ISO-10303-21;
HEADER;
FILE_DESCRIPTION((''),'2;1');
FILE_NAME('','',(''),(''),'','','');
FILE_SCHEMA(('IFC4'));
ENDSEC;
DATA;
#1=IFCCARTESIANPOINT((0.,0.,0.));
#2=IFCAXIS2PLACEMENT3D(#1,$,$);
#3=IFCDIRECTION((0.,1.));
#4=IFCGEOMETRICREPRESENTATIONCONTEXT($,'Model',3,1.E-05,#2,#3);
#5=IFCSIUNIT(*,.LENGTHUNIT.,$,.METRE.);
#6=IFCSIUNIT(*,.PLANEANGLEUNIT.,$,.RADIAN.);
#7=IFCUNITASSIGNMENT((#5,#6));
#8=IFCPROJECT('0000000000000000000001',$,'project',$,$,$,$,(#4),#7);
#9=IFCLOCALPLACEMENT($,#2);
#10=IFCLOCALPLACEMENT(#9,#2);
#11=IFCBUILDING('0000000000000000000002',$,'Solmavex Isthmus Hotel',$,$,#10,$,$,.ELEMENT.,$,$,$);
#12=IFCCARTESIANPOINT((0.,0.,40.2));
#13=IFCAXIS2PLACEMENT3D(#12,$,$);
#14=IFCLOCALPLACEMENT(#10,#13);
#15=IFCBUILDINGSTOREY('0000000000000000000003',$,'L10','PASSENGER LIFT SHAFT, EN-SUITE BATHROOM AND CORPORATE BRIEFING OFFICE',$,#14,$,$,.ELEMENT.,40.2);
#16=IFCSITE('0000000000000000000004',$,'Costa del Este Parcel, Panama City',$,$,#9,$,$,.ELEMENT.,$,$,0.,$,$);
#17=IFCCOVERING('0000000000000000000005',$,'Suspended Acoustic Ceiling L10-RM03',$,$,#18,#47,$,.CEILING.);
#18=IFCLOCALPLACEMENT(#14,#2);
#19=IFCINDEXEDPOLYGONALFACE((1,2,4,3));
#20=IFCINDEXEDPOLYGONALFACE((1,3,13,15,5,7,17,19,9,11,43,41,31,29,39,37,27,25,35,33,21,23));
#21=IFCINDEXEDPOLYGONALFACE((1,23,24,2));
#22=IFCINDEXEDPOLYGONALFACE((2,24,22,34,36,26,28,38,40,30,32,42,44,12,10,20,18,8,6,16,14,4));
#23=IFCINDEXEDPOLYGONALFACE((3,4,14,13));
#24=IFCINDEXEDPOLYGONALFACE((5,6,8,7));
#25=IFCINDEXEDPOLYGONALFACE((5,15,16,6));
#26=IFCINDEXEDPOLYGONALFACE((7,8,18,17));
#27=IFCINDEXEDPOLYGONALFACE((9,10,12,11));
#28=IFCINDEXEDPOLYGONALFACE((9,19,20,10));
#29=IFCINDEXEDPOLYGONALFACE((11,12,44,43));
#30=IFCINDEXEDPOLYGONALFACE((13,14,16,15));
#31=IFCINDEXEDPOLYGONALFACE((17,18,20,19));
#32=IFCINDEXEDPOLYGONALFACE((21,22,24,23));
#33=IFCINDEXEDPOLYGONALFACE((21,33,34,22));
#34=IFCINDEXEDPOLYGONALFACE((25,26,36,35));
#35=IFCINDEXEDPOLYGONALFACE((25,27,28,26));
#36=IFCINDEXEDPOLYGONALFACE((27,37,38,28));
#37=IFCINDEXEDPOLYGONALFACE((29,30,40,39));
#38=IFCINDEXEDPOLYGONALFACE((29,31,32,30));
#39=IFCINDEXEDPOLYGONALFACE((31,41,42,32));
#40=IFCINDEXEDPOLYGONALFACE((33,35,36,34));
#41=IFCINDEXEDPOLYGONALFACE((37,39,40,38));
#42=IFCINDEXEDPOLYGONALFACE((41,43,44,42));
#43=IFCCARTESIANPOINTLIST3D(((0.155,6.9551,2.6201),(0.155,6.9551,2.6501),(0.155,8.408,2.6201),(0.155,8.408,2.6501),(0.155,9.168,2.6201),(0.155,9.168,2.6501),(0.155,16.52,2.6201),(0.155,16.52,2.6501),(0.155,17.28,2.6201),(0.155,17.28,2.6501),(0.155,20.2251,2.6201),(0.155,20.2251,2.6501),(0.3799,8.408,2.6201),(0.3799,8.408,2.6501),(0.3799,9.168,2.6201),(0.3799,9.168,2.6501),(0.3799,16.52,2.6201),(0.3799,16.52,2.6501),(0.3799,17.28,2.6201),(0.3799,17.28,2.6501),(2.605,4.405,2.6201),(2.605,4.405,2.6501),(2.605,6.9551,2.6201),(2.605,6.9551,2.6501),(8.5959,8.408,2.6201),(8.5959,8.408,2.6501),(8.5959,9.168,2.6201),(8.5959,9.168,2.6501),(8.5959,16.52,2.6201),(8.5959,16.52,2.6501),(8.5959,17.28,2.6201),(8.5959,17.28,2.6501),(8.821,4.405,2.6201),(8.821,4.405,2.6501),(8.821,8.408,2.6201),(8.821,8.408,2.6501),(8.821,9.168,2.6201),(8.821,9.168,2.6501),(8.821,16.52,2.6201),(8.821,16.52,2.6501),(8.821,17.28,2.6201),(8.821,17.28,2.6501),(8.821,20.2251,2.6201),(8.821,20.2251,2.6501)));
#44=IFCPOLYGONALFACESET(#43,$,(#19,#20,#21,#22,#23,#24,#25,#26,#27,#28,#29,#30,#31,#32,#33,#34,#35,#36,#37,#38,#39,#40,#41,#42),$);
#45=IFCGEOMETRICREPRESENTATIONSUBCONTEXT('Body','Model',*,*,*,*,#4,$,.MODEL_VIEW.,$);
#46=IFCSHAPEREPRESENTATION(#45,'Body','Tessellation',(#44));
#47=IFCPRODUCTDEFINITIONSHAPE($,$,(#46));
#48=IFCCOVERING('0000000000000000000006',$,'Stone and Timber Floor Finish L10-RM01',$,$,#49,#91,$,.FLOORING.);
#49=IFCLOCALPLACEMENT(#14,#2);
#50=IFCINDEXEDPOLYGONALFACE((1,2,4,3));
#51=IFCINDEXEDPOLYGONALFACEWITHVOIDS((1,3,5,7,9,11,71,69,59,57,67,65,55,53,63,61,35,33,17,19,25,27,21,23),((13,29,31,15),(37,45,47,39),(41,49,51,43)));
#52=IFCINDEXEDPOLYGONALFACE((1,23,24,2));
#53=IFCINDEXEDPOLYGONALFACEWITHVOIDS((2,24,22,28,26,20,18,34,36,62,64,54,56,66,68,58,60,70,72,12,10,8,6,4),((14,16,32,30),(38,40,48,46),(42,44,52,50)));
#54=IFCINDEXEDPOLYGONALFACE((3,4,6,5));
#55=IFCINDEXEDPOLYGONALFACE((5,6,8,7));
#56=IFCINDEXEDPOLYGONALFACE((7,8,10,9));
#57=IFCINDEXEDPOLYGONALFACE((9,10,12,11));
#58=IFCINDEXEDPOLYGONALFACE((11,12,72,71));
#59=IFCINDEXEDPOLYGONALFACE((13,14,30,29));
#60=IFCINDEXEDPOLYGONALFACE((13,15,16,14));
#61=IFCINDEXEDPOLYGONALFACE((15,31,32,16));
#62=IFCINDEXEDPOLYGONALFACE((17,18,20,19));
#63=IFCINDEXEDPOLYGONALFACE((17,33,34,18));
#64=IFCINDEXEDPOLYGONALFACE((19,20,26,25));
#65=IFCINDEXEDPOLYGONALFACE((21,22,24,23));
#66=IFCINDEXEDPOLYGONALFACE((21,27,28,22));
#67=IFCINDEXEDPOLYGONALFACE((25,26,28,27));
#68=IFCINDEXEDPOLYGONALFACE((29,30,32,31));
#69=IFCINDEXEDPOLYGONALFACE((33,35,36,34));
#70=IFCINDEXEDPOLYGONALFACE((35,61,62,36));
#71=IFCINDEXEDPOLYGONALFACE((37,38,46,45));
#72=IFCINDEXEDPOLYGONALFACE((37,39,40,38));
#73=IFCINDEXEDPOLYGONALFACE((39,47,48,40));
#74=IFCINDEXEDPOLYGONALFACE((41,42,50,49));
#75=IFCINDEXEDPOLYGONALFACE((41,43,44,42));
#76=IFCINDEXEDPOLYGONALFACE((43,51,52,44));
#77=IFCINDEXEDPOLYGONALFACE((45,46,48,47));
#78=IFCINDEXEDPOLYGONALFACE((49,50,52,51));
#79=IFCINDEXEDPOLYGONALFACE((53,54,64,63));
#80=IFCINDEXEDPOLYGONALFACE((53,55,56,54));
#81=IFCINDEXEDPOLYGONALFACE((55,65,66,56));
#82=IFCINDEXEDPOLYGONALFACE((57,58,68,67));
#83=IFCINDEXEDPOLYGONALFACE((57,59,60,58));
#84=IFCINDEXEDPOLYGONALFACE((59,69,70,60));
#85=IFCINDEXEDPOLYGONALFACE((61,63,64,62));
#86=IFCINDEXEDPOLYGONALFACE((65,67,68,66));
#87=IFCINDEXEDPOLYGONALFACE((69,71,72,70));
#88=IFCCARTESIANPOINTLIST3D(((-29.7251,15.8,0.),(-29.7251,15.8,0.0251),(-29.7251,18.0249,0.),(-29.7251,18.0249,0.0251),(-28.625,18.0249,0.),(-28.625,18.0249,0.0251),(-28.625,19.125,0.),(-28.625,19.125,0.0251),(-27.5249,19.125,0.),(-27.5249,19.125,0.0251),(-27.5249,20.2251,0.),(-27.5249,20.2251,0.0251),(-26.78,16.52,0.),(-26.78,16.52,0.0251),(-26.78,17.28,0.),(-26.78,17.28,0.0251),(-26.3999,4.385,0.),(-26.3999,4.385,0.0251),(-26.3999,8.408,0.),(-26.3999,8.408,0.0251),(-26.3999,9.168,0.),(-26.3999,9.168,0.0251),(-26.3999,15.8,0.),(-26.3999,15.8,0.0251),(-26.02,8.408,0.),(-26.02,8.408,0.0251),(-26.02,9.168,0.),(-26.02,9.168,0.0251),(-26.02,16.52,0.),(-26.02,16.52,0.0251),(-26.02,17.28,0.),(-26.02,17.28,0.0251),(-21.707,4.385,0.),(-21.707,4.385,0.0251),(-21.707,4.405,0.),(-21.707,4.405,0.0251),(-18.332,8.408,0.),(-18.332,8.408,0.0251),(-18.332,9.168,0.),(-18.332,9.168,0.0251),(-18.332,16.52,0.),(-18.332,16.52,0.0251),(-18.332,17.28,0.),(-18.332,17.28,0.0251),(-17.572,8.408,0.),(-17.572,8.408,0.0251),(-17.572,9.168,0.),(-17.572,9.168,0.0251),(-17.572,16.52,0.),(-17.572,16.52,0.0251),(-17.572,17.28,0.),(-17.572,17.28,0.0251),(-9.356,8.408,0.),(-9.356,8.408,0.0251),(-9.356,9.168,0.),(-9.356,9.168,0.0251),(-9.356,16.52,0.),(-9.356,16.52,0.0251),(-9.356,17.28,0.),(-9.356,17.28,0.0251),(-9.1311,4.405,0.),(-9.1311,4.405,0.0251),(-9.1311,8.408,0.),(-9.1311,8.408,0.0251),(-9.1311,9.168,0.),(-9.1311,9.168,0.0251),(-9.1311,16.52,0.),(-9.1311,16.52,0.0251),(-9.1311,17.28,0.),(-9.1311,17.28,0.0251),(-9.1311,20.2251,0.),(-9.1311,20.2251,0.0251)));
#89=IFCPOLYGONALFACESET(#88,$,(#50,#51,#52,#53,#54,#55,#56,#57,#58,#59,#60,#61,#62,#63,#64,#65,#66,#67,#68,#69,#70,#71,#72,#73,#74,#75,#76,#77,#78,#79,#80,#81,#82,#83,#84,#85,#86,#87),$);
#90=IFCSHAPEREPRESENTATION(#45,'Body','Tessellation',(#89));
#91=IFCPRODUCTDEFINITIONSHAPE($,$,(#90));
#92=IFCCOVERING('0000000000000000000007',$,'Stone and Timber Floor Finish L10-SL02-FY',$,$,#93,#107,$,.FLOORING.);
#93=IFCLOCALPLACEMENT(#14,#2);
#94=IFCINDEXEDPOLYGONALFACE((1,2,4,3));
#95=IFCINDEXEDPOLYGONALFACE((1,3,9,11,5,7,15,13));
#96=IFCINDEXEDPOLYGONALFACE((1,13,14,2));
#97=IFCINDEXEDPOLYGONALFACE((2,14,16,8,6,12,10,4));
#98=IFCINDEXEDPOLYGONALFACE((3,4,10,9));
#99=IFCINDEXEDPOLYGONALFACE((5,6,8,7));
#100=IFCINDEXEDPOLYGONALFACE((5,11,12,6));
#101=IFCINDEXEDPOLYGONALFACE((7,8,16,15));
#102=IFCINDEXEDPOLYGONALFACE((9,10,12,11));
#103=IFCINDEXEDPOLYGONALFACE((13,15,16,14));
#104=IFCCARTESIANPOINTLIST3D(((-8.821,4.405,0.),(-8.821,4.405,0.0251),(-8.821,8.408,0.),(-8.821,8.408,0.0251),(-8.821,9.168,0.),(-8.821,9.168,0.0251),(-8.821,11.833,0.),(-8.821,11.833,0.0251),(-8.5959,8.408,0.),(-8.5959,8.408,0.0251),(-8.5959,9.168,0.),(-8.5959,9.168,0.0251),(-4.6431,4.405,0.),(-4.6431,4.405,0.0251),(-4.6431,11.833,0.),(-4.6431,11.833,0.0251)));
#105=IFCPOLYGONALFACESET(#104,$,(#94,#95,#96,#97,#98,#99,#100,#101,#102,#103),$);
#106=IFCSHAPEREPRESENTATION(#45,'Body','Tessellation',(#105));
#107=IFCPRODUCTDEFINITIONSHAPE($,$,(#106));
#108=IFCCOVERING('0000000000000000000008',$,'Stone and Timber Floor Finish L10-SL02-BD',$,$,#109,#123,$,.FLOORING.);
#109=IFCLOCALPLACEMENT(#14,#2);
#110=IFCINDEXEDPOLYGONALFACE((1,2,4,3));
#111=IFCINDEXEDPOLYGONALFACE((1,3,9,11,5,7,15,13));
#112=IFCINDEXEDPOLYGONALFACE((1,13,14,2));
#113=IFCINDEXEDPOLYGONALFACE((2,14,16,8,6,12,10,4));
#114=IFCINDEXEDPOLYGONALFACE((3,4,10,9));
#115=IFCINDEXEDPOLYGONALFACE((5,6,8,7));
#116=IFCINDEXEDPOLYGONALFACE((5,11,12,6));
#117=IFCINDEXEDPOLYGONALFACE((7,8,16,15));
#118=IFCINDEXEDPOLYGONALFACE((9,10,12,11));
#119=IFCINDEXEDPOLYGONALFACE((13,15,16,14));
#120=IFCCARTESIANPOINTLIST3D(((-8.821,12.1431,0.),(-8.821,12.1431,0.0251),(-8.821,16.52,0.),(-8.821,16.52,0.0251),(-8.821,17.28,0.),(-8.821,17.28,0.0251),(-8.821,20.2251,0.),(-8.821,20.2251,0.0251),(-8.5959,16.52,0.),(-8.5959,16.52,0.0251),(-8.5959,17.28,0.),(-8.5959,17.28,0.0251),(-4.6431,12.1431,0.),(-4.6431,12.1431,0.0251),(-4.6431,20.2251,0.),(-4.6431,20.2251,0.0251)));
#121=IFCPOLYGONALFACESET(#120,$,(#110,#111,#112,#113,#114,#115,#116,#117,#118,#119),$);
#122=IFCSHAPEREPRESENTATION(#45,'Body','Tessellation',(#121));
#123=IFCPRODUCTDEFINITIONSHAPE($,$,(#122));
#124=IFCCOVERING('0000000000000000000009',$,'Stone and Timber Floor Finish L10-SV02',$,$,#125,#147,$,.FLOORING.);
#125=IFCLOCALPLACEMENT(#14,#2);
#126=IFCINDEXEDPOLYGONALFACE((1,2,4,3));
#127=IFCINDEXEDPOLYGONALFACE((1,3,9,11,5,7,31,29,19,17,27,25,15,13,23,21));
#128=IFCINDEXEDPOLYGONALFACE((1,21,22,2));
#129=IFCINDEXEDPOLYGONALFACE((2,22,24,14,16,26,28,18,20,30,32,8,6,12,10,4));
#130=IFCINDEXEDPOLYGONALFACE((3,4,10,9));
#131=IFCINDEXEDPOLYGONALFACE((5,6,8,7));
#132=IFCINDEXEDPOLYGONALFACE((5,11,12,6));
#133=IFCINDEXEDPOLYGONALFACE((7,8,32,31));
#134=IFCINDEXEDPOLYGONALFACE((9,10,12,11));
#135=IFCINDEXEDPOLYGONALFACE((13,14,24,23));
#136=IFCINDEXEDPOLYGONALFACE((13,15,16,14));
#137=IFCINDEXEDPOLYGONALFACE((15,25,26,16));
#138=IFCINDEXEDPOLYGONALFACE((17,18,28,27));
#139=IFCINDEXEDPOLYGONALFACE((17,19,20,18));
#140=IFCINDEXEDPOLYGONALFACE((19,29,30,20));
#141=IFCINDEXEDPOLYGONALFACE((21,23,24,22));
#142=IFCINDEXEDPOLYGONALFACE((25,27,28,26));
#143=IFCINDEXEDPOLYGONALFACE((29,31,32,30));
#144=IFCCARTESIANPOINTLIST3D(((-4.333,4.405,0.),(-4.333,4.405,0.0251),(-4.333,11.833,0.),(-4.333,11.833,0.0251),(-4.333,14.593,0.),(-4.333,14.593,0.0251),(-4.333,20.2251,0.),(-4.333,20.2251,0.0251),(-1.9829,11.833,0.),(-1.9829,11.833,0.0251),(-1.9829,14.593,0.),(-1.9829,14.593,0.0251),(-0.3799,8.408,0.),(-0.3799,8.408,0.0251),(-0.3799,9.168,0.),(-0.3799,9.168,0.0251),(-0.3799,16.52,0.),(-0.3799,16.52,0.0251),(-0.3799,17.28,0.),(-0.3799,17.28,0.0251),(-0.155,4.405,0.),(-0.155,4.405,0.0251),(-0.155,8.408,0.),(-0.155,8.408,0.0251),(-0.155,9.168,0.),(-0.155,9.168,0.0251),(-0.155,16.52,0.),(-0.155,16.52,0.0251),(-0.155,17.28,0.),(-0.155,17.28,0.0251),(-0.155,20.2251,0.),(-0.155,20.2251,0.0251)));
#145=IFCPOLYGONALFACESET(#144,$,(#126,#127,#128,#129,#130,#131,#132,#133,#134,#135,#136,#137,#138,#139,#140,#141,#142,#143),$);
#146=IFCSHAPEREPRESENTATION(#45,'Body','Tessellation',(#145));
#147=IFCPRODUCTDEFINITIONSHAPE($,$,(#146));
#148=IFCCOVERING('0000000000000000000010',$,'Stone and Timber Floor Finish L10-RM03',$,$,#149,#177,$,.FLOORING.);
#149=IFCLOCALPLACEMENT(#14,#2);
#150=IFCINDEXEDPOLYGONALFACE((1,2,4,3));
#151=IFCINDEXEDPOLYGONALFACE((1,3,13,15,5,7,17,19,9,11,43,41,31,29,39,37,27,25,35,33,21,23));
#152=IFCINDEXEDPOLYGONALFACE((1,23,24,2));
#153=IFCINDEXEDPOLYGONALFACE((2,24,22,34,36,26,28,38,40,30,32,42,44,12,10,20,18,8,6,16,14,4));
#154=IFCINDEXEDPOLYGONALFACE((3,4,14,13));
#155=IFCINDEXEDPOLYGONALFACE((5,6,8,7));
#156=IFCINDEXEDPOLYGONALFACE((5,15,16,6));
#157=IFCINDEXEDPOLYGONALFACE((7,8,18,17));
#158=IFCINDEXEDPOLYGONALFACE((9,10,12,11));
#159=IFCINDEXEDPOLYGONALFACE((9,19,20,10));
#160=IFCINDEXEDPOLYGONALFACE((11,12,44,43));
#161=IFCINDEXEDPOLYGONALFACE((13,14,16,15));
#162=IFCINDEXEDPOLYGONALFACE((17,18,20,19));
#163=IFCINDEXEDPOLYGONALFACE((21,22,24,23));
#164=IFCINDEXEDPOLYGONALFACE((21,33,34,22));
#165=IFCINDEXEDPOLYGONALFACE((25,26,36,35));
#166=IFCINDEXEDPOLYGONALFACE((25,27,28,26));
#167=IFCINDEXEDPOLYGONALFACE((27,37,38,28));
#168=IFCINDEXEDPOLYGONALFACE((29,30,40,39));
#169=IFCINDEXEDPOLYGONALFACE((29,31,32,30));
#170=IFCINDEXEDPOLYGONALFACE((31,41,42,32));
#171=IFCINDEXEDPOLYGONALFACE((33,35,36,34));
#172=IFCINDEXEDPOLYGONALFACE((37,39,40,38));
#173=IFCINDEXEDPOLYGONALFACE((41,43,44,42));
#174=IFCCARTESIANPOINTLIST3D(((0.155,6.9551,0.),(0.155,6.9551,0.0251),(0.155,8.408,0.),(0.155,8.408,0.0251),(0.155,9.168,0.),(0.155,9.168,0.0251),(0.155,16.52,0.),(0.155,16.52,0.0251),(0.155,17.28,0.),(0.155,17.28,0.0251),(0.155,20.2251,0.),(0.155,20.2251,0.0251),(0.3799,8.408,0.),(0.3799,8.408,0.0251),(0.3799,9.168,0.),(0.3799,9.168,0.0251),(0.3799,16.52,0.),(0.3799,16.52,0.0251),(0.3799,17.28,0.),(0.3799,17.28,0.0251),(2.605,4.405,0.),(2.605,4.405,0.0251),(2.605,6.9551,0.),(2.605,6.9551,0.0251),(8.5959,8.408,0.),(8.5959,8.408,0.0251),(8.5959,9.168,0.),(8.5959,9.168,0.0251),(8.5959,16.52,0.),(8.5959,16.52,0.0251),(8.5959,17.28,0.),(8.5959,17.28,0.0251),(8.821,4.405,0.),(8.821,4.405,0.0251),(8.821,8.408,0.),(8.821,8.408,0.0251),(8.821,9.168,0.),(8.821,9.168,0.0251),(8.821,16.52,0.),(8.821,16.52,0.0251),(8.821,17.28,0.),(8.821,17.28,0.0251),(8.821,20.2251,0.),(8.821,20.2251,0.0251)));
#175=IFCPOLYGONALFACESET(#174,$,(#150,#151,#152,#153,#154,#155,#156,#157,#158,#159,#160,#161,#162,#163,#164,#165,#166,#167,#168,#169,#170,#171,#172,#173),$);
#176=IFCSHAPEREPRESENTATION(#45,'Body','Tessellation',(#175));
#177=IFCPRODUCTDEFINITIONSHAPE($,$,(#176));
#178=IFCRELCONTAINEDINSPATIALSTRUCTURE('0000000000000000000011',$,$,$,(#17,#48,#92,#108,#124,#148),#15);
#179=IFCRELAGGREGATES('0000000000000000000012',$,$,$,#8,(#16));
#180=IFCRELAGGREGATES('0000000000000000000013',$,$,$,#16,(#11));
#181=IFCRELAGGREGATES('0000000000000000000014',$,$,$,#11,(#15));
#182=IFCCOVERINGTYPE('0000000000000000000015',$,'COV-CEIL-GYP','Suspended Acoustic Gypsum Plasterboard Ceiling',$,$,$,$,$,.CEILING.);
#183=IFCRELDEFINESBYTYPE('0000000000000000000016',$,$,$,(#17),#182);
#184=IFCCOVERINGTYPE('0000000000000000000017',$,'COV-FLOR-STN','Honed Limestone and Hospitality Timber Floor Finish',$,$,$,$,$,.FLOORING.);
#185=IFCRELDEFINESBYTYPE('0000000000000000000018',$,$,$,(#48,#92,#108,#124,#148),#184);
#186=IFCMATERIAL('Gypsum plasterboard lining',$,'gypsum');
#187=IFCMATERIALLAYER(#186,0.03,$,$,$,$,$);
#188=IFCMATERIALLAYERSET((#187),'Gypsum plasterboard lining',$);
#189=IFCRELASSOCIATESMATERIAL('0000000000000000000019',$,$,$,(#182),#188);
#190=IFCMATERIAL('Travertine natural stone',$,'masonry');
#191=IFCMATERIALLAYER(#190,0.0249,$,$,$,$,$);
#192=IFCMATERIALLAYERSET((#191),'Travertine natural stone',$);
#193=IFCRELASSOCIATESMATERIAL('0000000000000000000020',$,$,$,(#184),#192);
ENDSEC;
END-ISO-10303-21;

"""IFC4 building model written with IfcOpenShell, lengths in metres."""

from ifc_helpers import new_model, si_unit, direction, frame, origin, place, context, subcontext, project, spatial, polyline, outline, extrude, material, layer, layer_set, type_object, element, save


model = new_model("IFC4")

# Units and contexts
model_context = context("Model", 3, precision=1e-05, world=origin(), true_north=direction((0.0, 1.0)))
body_context = subcontext(model_context, "Body", "Model", "MODEL_VIEW")
ifc_project = project(units=[si_unit("LENGTHUNIT", "METRE"), si_unit("PLANEANGLEUNIT", "RADIAN")], contexts=[model_context])

# Site, building, storey
site_placement = place(None, origin())
site = spatial("IfcSite", under=ifc_project, at=site_placement, Name="Costa del Este Parcel, Panama City", CompositionType="ELEMENT", RefElevation=0.0)
building_placement = place(site_placement, origin())
building = spatial("IfcBuilding", under=site, at=building_placement, Name="Solmavex Isthmus Hotel", CompositionType="ELEMENT")
storey_placement = place(building_placement, frame((0.0, 0.0, 40.2)))
storey = spatial("IfcBuildingStorey", under=building, at=storey_placement, Name="L10", Description="PASSENGER LIFT SHAFT, EN-SUITE BATHROOM AND CORPORATE BRIEFING OFFICE", CompositionType="ELEMENT", Elevation=40.2)

# Shared definitions
ifc_material_1 = material(Name="Gypsum plasterboard lining", Category="gypsum")

# Coverings
ifc_layer_1 = layer(ifc_material_1, 0.03)
ifc_layer_set_1 = layer_set([ifc_layer_1], Name="Gypsum plasterboard lining")
covering_type_1 = type_object("IfcCoveringType", Name="COV-CEIL-GYP", Description="Suspended Acoustic Gypsum Plasterboard Ceiling", PredefinedType="CEILING", material=ifc_layer_set_1)
covering_1_placement = place(storey_placement, frame((0.0, 0.0, 2.6201)))
element("IfcCovering", 1, at=covering_1_placement, inside=storey, type_object=covering_type_1, Name="Suspended Acoustic Ceiling L10-RM03", PredefinedType="CEILING", context=body_context, shape_type="SweptSolid", body=[
    extrude(outline(polyline([(0.155, 9.168), (0.3799, 9.168), (0.3799, 8.408), (0.155, 8.408), (0.155, 6.9551), (2.605, 6.9551), (2.605, 4.405), (8.821, 4.405), (8.821, 8.408), (8.5959, 8.408), (8.5959, 9.168), (8.821, 9.168), (8.821, 16.52), (8.5959, 16.52), (8.5959, 17.28), (8.821, 17.28), (8.821, 20.2251), (0.155, 20.2251), (0.155, 17.28), (0.3799, 17.28), (0.3799, 16.52), (0.155, 16.52), (0.155, 9.168)])), origin(), (0.0, 0.0, 1.0), 0.03),
])
ifc_material_2 = material(Name="Travertine natural stone", Category="masonry")
ifc_layer_2 = layer(ifc_material_2, 0.0249)
ifc_layer_set_2 = layer_set([ifc_layer_2], Name="Travertine natural stone")
covering_type_2 = type_object("IfcCoveringType", Name="COV-FLOR-STN", Description="Honed Limestone and Hospitality Timber Floor Finish", PredefinedType="FLOORING", material=ifc_layer_set_2)
covering_2_placement = place(storey_placement, origin())
element("IfcCovering", 2, at=covering_2_placement, inside=storey, type_object=covering_type_2, Name="Stone and Timber Floor Finish L10-RM01", PredefinedType="FLOORING", context=body_context, shape_type="SweptSolid", body=[
    extrude(outline(polyline([(-21.707, 4.385), (-21.707, 4.405), (-9.1311, 4.405), (-9.1311, 8.408), (-9.356, 8.408), (-9.356, 9.168), (-9.1311, 9.168), (-9.1311, 16.52), (-9.356, 16.52), (-9.356, 17.28), (-9.1311, 17.28), (-9.1311, 20.2251), (-27.5249, 20.2251), (-27.5249, 19.125), (-28.625, 19.125), (-28.625, 18.0249), (-29.7251, 18.0249), (-29.7251, 15.8), (-26.3999, 15.8), (-26.3999, 9.168), (-26.02, 9.168), (-26.02, 8.408), (-26.3999, 8.408), (-26.3999, 4.385), (-21.707, 4.385)]), holes=[polyline([(-18.332, 8.408), (-18.332, 9.168), (-17.572, 9.168), (-17.572, 8.408), (-18.332, 8.408)]), polyline([(-18.332, 17.28), (-17.572, 17.28), (-17.572, 16.52), (-18.332, 16.52), (-18.332, 17.28)]), polyline([(-26.78, 17.28), (-26.02, 17.28), (-26.02, 16.52), (-26.78, 16.52), (-26.78, 17.28)])]), origin(), (0.0, 0.0, 1.0), 0.0251),
])
covering_3_placement = place(storey_placement, origin())
element("IfcCovering", 3, at=covering_3_placement, inside=storey, type_object=covering_type_2, Name="Stone and Timber Floor Finish L10-SL02-FY", PredefinedType="FLOORING", context=body_context, shape_type="SweptSolid", body=[
    extrude(outline(polyline([(-8.821, 9.168), (-8.5959, 9.168), (-8.5959, 8.408), (-8.821, 8.408), (-8.821, 4.405), (-4.6431, 4.405), (-4.6431, 11.833), (-8.821, 11.833), (-8.821, 9.168)])), origin(), (0.0, 0.0, 1.0), 0.0251),
])
covering_4_placement = place(storey_placement, origin())
element("IfcCovering", 4, at=covering_4_placement, inside=storey, type_object=covering_type_2, Name="Stone and Timber Floor Finish L10-SL02-BD", PredefinedType="FLOORING", context=body_context, shape_type="SweptSolid", body=[
    extrude(outline(polyline([(-8.821, 17.28), (-8.5959, 17.28), (-8.5959, 16.52), (-8.821, 16.52), (-8.821, 12.1431), (-4.6431, 12.1431), (-4.6431, 20.2251), (-8.821, 20.2251), (-8.821, 17.28)])), origin(), (0.0, 0.0, 1.0), 0.0251),
])
covering_5_placement = place(storey_placement, origin())
element("IfcCovering", 5, at=covering_5_placement, inside=storey, type_object=covering_type_2, Name="Stone and Timber Floor Finish L10-SV02", PredefinedType="FLOORING", context=body_context, shape_type="SweptSolid", body=[
    extrude(outline(polyline([(-0.155, 16.52), (-0.3799, 16.52), (-0.3799, 17.28), (-0.155, 17.28), (-0.155, 20.2251), (-4.333, 20.2251), (-4.333, 14.593), (-1.9829, 14.593), (-1.9829, 11.833), (-4.333, 11.833), (-4.333, 4.405), (-0.155, 4.405), (-0.155, 8.408), (-0.3799, 8.408), (-0.3799, 9.168), (-0.155, 9.168), (-0.155, 16.52)])), origin(), (0.0, 0.0, 1.0), 0.0251),
])
covering_6_placement = place(storey_placement, origin())
element("IfcCovering", 6, at=covering_6_placement, inside=storey, type_object=covering_type_2, Name="Stone and Timber Floor Finish L10-RM03", PredefinedType="FLOORING", context=body_context, shape_type="SweptSolid", body=[
    extrude(outline(polyline([(0.155, 9.168), (0.3799, 9.168), (0.3799, 8.408), (0.155, 8.408), (0.155, 6.9551), (2.605, 6.9551), (2.605, 4.405), (8.821, 4.405), (8.821, 8.408), (8.5959, 8.408), (8.5959, 9.168), (8.821, 9.168), (8.821, 16.52), (8.5959, 16.52), (8.5959, 17.28), (8.821, 17.28), (8.821, 20.2251), (0.155, 20.2251), (0.155, 17.28), (0.3799, 17.28), (0.3799, 16.52), (0.155, 16.52), (0.155, 9.168)])), origin(), (0.0, 0.0, 1.0), 0.0251),
])

save(model, "model.ifc")
